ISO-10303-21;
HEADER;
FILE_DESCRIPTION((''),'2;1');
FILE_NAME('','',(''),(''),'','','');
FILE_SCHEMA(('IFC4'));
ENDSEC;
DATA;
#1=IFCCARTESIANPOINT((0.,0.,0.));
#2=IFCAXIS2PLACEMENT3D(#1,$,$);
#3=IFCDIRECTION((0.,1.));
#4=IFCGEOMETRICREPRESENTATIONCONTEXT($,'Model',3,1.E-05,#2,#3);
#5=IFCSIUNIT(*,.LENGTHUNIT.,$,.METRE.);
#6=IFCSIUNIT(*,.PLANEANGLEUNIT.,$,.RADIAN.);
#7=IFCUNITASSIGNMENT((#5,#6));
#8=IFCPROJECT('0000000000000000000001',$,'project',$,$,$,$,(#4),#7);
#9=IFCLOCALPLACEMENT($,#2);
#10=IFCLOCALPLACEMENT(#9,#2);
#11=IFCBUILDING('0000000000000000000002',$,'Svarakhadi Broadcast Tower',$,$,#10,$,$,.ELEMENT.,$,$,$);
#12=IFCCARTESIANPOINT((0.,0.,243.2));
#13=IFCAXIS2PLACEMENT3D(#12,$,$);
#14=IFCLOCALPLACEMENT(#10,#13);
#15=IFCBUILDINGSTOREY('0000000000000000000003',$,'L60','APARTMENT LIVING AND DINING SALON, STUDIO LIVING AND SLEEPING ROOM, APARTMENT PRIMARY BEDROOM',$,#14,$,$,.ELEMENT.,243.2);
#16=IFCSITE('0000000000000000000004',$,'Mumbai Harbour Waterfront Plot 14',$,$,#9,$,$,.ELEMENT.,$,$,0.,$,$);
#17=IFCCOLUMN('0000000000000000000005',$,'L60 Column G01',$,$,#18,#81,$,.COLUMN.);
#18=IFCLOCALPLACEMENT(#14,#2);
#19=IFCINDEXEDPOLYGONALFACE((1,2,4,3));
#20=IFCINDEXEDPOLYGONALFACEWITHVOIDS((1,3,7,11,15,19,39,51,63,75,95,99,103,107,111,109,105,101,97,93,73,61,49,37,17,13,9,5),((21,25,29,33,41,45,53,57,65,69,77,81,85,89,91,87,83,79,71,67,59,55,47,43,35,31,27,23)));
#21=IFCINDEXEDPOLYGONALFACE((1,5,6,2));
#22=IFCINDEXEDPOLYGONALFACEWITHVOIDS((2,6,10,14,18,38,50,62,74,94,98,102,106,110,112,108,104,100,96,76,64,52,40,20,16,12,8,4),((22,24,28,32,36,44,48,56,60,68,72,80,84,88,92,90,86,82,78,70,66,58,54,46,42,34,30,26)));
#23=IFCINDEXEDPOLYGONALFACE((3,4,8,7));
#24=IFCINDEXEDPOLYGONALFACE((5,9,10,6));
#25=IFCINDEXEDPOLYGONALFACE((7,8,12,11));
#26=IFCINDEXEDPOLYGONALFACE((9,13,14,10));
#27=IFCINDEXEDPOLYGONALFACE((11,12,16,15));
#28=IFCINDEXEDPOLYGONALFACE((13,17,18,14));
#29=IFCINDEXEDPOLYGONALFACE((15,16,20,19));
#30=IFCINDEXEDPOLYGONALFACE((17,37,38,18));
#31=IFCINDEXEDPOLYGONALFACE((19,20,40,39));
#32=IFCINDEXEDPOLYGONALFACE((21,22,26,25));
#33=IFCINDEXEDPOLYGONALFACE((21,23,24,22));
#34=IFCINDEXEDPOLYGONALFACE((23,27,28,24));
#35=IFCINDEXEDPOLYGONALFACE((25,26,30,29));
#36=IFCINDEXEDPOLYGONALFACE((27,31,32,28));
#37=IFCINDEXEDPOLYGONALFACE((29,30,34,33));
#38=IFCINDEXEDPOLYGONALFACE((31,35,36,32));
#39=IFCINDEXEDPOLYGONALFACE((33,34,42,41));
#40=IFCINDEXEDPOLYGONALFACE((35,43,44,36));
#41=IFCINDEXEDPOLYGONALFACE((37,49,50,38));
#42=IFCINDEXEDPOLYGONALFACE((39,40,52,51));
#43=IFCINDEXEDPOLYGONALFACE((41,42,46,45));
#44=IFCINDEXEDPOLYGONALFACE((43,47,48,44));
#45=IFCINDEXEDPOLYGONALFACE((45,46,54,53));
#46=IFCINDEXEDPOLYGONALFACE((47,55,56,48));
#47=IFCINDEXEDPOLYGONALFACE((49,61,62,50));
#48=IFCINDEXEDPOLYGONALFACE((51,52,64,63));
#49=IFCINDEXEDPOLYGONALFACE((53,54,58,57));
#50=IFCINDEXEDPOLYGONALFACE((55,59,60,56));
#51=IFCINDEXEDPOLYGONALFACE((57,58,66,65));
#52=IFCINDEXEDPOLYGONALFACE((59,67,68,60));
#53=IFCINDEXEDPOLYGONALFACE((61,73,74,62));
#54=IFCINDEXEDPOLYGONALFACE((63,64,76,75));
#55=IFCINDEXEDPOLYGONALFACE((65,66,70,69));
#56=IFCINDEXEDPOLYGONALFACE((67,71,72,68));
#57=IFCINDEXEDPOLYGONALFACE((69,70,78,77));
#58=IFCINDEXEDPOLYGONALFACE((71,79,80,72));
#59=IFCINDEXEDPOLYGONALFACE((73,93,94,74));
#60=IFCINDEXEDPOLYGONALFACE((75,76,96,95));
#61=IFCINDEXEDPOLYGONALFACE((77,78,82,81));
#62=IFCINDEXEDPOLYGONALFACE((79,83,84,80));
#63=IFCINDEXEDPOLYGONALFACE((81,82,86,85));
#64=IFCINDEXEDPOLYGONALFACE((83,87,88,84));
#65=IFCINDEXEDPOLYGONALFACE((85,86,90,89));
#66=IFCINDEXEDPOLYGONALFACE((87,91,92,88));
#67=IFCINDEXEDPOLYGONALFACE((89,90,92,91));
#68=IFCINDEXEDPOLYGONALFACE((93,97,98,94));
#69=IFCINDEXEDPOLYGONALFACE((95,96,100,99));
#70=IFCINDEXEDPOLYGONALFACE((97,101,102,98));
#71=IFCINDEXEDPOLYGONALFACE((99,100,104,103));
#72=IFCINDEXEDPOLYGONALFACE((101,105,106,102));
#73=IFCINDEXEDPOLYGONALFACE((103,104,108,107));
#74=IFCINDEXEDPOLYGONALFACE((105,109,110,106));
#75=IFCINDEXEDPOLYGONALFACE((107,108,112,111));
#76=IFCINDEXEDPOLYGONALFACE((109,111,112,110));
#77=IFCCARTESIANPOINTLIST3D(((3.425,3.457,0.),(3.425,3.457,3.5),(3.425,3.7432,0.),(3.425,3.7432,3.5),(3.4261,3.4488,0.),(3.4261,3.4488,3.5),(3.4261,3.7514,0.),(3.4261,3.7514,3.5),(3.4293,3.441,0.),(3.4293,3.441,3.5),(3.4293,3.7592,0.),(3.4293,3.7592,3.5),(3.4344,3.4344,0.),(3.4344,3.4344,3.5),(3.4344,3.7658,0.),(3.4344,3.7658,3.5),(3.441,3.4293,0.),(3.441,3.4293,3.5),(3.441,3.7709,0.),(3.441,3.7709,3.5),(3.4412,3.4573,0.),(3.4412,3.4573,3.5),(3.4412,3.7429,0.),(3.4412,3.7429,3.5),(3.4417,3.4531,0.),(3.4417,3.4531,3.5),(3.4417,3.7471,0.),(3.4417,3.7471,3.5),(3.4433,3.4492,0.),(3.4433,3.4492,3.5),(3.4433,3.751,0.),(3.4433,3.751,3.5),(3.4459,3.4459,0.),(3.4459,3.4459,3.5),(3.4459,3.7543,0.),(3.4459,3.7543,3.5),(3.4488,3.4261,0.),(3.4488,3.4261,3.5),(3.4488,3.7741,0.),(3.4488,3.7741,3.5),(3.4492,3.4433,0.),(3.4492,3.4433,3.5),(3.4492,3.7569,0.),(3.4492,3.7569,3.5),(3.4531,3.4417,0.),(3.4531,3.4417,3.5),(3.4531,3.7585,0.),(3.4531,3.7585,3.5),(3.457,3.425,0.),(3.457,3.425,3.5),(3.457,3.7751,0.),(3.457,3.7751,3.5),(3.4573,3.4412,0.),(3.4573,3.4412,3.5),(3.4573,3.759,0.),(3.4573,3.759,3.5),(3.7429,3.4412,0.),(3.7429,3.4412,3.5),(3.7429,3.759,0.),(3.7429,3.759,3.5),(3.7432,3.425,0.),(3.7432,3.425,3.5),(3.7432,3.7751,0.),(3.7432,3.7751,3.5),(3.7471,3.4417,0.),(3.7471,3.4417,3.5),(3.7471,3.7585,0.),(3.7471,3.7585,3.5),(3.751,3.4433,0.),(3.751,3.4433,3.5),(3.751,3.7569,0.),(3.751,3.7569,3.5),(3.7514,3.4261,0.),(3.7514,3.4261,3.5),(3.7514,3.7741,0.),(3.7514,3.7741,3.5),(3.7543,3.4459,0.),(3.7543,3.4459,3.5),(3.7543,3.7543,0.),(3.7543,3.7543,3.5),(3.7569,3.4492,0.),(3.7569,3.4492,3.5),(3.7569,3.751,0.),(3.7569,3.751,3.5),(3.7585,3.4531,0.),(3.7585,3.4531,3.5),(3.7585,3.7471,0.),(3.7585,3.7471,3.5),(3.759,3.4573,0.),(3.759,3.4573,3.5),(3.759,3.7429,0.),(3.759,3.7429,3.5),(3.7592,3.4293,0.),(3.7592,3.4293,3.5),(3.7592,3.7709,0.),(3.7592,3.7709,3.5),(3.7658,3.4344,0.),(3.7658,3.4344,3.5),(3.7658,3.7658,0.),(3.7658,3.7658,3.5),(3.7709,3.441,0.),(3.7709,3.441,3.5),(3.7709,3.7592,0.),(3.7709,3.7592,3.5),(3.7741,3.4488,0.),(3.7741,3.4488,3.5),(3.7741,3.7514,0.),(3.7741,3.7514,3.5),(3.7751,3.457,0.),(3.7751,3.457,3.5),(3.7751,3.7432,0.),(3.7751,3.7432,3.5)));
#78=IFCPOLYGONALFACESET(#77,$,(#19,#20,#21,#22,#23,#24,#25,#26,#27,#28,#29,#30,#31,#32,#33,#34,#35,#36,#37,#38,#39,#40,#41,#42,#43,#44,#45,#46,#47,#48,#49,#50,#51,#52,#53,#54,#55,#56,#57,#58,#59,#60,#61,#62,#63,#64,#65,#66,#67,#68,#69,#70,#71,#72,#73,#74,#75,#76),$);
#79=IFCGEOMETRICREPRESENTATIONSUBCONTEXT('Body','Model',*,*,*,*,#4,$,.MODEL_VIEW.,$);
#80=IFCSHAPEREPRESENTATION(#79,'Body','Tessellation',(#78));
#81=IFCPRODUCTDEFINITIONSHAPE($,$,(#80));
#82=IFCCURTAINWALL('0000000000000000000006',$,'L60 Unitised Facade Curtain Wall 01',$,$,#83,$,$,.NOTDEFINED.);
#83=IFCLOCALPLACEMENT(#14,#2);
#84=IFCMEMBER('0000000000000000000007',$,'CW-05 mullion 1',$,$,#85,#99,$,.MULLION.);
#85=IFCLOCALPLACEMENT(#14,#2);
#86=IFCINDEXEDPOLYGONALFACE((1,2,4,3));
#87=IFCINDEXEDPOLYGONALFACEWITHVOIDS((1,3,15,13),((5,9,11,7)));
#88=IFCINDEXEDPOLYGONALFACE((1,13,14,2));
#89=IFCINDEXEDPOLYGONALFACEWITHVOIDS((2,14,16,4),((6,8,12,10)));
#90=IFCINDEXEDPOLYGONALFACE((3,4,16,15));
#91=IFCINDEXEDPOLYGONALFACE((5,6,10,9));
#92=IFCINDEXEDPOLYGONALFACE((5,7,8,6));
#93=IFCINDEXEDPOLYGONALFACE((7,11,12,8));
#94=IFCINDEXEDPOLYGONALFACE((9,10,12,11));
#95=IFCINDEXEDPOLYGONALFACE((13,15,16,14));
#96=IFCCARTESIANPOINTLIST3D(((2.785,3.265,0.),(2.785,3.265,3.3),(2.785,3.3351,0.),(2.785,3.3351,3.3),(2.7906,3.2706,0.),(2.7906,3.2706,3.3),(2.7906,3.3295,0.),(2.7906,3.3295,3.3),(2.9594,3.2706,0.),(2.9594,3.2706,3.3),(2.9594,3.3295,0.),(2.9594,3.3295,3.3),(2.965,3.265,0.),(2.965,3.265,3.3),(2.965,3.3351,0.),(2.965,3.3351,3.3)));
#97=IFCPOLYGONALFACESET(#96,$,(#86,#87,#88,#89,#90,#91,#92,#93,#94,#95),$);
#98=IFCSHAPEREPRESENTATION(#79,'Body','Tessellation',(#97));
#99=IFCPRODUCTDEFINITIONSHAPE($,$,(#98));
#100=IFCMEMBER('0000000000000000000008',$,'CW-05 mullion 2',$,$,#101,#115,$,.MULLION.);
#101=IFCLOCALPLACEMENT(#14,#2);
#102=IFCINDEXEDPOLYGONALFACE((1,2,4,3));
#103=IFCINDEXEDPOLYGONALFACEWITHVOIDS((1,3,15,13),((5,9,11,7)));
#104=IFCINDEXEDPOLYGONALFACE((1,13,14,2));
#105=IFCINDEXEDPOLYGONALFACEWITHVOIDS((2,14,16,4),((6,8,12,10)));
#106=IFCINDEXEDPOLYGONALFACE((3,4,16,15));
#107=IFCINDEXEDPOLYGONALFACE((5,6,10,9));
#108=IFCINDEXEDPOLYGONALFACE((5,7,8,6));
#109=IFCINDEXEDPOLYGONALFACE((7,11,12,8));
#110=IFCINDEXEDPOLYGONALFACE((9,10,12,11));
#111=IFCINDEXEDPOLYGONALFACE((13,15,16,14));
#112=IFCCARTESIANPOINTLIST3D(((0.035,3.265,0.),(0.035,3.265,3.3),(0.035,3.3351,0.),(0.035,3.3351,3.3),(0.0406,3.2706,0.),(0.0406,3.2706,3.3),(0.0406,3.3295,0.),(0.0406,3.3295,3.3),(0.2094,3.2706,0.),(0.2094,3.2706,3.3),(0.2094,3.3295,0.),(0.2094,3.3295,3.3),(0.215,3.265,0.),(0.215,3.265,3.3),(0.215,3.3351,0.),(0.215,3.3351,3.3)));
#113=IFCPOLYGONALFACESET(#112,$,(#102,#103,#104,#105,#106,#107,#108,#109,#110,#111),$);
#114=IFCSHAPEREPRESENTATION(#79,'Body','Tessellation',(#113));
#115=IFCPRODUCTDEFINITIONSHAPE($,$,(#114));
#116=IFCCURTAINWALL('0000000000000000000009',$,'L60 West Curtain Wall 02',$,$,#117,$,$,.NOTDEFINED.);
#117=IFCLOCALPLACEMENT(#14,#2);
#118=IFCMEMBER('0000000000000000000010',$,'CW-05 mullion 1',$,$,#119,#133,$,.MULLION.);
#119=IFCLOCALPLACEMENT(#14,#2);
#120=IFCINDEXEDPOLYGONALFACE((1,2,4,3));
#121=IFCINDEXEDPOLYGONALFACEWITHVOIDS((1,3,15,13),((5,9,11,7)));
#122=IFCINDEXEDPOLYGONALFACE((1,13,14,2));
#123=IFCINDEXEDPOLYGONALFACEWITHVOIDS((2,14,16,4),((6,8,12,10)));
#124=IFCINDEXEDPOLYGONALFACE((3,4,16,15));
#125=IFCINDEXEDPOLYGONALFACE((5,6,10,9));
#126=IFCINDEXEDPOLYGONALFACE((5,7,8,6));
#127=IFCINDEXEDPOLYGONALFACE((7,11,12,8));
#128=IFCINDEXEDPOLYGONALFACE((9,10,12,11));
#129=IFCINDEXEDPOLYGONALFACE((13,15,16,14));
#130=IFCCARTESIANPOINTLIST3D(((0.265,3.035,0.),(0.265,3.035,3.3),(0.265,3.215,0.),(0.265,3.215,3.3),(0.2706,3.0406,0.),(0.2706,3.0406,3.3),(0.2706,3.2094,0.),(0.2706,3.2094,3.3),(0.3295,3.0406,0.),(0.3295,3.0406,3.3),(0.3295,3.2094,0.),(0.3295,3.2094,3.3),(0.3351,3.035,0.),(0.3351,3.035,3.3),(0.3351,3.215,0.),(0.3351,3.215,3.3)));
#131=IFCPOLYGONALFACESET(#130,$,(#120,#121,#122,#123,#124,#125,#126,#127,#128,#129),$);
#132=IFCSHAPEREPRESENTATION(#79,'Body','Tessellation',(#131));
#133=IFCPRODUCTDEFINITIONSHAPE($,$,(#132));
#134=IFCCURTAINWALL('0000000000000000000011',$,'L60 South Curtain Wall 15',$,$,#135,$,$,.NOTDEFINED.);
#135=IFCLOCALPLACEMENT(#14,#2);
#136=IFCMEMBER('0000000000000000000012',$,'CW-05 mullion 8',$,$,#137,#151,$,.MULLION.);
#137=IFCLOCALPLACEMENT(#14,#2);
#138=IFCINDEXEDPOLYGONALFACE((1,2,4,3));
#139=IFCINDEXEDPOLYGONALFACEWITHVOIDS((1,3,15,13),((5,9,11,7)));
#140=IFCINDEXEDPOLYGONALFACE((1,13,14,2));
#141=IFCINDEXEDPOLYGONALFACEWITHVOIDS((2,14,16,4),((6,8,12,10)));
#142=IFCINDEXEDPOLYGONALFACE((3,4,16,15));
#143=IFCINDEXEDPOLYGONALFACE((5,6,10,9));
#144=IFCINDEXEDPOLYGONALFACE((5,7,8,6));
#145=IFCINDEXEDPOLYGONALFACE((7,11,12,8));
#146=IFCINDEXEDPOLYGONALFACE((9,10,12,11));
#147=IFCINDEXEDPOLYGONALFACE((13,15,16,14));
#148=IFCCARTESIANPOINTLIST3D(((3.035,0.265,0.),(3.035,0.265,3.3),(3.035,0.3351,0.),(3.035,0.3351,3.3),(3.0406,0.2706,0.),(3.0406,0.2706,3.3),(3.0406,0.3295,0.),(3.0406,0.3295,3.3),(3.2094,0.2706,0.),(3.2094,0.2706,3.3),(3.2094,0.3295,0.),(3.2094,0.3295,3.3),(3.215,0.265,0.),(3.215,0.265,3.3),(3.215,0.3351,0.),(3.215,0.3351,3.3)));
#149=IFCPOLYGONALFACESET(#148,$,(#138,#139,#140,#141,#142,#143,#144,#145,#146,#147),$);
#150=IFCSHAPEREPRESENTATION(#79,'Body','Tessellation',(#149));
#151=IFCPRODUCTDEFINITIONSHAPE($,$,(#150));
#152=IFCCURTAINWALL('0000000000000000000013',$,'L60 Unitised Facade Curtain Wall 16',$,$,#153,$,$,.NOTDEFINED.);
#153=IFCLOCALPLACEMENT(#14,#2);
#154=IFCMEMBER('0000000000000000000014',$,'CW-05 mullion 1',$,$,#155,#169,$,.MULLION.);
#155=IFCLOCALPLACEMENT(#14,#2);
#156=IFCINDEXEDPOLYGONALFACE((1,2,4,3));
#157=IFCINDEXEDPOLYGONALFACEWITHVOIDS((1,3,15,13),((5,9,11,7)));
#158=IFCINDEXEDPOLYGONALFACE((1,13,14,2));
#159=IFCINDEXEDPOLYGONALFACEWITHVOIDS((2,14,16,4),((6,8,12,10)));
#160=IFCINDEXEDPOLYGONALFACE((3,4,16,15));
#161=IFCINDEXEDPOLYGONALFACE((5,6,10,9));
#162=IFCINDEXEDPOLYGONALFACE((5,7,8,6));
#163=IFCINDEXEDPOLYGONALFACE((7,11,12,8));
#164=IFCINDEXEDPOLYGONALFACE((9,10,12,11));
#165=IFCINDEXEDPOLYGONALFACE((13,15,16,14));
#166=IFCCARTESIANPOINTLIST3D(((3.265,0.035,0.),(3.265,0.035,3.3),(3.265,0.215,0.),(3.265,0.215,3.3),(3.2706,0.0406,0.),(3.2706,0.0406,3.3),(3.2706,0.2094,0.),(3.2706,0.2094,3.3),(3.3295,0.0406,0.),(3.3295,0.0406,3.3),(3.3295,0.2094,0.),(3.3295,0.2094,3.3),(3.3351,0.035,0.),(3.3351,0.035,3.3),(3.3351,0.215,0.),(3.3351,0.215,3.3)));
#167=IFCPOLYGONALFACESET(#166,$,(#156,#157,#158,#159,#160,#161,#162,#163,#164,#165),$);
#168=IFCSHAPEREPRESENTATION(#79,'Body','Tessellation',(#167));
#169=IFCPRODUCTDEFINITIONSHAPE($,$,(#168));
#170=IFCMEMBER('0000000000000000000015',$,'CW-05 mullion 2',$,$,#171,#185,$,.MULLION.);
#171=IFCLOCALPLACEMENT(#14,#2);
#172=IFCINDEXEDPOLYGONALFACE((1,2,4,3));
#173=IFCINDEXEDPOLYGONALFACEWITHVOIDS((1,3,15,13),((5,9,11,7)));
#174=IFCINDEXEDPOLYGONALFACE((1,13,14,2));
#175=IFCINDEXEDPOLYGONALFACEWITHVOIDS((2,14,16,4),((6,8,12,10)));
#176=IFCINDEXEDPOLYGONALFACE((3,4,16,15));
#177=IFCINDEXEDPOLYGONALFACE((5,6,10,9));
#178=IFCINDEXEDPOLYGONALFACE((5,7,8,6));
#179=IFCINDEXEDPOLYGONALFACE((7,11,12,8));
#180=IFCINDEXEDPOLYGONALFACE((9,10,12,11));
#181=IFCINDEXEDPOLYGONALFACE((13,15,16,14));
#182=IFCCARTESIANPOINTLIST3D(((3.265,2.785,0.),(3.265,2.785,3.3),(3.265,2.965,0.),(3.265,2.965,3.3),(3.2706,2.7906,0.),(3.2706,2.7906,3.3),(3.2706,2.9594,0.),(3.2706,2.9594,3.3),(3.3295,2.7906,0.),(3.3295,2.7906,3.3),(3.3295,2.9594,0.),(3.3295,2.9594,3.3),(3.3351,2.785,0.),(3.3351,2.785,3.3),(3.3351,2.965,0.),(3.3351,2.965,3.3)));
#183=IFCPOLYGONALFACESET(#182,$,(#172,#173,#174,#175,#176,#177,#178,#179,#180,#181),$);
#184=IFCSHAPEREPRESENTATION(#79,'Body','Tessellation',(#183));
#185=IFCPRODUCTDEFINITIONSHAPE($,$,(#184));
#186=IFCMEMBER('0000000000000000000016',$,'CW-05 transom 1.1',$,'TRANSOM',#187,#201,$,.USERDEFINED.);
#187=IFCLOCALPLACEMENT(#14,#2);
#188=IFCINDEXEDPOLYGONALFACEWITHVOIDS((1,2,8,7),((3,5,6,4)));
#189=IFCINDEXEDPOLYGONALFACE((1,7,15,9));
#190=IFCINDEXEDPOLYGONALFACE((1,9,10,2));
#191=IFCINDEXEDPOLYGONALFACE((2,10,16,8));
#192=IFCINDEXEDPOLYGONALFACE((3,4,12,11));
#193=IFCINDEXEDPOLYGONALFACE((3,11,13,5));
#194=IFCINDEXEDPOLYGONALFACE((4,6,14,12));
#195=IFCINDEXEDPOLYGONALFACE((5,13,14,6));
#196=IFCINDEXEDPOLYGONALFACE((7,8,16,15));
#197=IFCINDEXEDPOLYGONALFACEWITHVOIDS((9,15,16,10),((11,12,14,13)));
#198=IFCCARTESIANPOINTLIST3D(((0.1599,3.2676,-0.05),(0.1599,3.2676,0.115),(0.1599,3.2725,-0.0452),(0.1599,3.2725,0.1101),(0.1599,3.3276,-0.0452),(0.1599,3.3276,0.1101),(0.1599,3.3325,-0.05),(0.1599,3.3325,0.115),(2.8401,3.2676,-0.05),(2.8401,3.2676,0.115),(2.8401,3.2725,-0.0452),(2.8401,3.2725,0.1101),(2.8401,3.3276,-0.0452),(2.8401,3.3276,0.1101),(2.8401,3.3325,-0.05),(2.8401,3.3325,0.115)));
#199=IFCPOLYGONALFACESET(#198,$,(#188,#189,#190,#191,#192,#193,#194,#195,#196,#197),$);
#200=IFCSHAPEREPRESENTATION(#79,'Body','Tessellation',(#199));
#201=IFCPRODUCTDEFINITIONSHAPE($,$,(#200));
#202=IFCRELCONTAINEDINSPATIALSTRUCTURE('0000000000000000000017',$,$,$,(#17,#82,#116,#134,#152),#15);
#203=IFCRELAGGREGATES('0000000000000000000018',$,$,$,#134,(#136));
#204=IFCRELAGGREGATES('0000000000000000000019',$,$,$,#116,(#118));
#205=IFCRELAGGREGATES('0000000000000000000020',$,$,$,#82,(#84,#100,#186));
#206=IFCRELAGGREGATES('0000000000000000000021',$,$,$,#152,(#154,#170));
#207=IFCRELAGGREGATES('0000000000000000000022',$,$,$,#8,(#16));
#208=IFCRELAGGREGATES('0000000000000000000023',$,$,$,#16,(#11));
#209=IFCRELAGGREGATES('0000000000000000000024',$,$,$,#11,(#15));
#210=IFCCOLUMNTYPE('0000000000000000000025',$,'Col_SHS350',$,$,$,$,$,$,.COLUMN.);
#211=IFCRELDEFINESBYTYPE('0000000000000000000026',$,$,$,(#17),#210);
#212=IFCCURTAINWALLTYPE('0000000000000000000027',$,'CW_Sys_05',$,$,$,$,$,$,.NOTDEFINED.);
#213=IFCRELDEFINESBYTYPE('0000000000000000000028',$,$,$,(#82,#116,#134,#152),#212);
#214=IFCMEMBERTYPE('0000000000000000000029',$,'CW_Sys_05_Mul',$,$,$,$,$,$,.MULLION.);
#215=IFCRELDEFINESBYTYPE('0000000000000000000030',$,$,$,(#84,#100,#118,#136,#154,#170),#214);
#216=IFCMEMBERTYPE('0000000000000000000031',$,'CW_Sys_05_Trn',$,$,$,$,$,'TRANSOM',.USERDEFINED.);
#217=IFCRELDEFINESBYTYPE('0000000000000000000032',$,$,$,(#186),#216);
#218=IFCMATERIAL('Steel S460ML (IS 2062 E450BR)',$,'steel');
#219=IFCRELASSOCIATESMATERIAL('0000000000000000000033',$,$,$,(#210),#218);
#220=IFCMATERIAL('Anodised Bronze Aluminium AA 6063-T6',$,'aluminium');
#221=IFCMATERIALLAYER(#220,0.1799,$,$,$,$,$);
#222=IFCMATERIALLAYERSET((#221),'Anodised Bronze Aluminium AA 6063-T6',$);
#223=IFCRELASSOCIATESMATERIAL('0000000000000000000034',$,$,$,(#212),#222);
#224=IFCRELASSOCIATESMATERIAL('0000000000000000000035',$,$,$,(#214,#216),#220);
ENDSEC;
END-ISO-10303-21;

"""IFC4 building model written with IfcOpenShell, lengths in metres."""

from ifc_helpers import new_model, si_unit, direction, frame, origin, origin_2d, place, context, subcontext, project, spatial, hollow_rectangle, extrude, material, layer, layer_set, material_profile, profile_set, type_object, element, aggregate, save


model = new_model("IFC4")

# Units and contexts
model_context = context("Model", 3, precision=1e-05, world=origin(), true_north=direction((0.0, 1.0)))
body_context = subcontext(model_context, "Body", "Model", "MODEL_VIEW")
ifc_project = project(units=[si_unit("LENGTHUNIT", "METRE"), si_unit("PLANEANGLEUNIT", "RADIAN")], contexts=[model_context])

# Site, building, storey
site_placement = place(None, origin())
site = spatial("IfcSite", under=ifc_project, at=site_placement, Name="Mumbai Harbour Waterfront Plot 14", CompositionType="ELEMENT", RefElevation=0.0)
building_placement = place(site_placement, origin())
building = spatial("IfcBuilding", under=site, at=building_placement, Name="Svarakhadi Broadcast Tower", CompositionType="ELEMENT")
storey_placement = place(building_placement, frame((0.0, 0.0, 243.2)))
storey = spatial("IfcBuildingStorey", under=building, at=storey_placement, Name="L60", Description="APARTMENT LIVING AND DINING SALON, STUDIO LIVING AND SLEEPING ROOM, APARTMENT PRIMARY BEDROOM", CompositionType="ELEMENT", Elevation=243.2)

# Column
ifc_material_1 = material(Name="Steel S460ML (IS 2062 E450BR)", Category="steel")
ifc_material_profile_1 = material_profile(ifc_material_1, hollow_rectangle(XDim=0.3501, YDim=0.3501, WallThickness=0.0161, InnerFilletRadius=0.0161, OuterFilletRadius=0.032, at=origin_2d()), Name="SHS 350x350x16")
ifc_profile_set_1 = profile_set([ifc_material_profile_1], Name="Steel S460ML (IS 2062 E450BR)")
column_type = type_object("IfcColumnType", Name="Col_SHS350", PredefinedType="COLUMN", material=ifc_profile_set_1)
column_placement = place(storey_placement, frame((3.6001, 3.6001, 0.0), z_axis=(0.0, 0.0, 1.0), x_axis=(1.0, 0.0, 0.0)))
element("IfcColumn", 1, at=column_placement, inside=storey, type_object=column_type, Name="L60 Column G01", PredefinedType="COLUMN", context=body_context, shape_type="SweptSolid", body=[
    extrude(hollow_rectangle(XDim=0.3501, YDim=0.3501, WallThickness=0.0161, InnerFilletRadius=0.0161, OuterFilletRadius=0.032, at=origin_2d()), origin(), (0.0, 0.0, 1.0), 3.5),
])

# Curtain wall, members
ifc_material_2 = material(Name="Anodised Bronze Aluminium AA 6063-T6", Category="aluminium")
ifc_layer_1 = layer(ifc_material_2, 0.1799)
ifc_layer_set_1 = layer_set([ifc_layer_1], Name="Anodised Bronze Aluminium AA 6063-T6")
curtain_wall_type = type_object("IfcCurtainWallType", Name="CW_Sys_05", PredefinedType="NOTDEFINED", material=ifc_layer_set_1)
curtain_wall_1_placement = place(storey_placement, origin())
curtain_wall_1 = element("IfcCurtainWall", 2, at=curtain_wall_1_placement, inside=storey, type_object=curtain_wall_type, Name="L60 Unitised Facade Curtain Wall 01", PredefinedType="NOTDEFINED")
ifc_material_profile_2 = material_profile(ifc_material_2, hollow_rectangle(XDim=0.0701, YDim=0.1799, WallThickness=0.0056, at=origin_2d()), Name="ALU MULLION 180x70x6")
ifc_profile_set_2 = profile_set([ifc_material_profile_2], Name="Anodised Bronze Aluminium AA 6063-T6")
member_type_1 = type_object("IfcMemberType", Name="CW_Sys_05_Mul", PredefinedType="MULLION", material=ifc_profile_set_2)
member_1_placement = place(storey_placement, frame((2.875, 3.3, 0.0), z_axis=(0.0, 0.0, 1.0), x_axis=(0.0, -1.0, 0.0)))
member_1 = element("IfcMember", 3, at=member_1_placement, type_object=member_type_1, Name="CW-05 mullion 1", PredefinedType="MULLION", context=body_context, shape_type="SweptSolid", body=[
    extrude(hollow_rectangle(XDim=0.0701, YDim=0.1799, WallThickness=0.0056, at=origin_2d()), origin(), (0.0, 0.0, 1.0), 3.3),
])
member_2_placement = place(storey_placement, frame((0.125, 3.3, 0.0), z_axis=(0.0, 0.0, 1.0), x_axis=(0.0, -1.0, 0.0)))
member_2 = element("IfcMember", 4, at=member_2_placement, type_object=member_type_1, Name="CW-05 mullion 2", PredefinedType="MULLION", context=body_context, shape_type="SweptSolid", body=[
    extrude(hollow_rectangle(XDim=0.0701, YDim=0.1799, WallThickness=0.0056, at=origin_2d()), origin(), (0.0, 0.0, 1.0), 3.3),
])

# Curtain walls, members
curtain_wall_2_placement = place(storey_placement, origin())
curtain_wall_2 = element("IfcCurtainWall", 5, at=curtain_wall_2_placement, inside=storey, type_object=curtain_wall_type, Name="L60 West Curtain Wall 02", PredefinedType="NOTDEFINED")
member_3_placement = place(storey_placement, frame((0.3, 3.125, 0.0), z_axis=(0.0, 0.0, 1.0), x_axis=(-1.0, 0.0, 0.0)))
member_3 = element("IfcMember", 6, at=member_3_placement, type_object=member_type_1, Name="CW-05 mullion 1", PredefinedType="MULLION", context=body_context, shape_type="SweptSolid", body=[
    extrude(hollow_rectangle(XDim=0.0701, YDim=0.1799, WallThickness=0.0056, at=origin_2d()), origin(), (0.0, 0.0, 1.0), 3.3),
])
curtain_wall_3_placement = place(storey_placement, origin())
curtain_wall_3 = element("IfcCurtainWall", 7, at=curtain_wall_3_placement, inside=storey, type_object=curtain_wall_type, Name="L60 South Curtain Wall 15", PredefinedType="NOTDEFINED")
member_4_placement = place(storey_placement, frame((3.125, 0.3, 0.0), z_axis=(0.0, 0.0, 1.0), x_axis=(0.0, -1.0, 0.0)))
member_4 = element("IfcMember", 8, at=member_4_placement, type_object=member_type_1, Name="CW-05 mullion 8", PredefinedType="MULLION", context=body_context, shape_type="SweptSolid", body=[
    extrude(hollow_rectangle(XDim=0.0701, YDim=0.1799, WallThickness=0.0056, at=origin_2d()), origin(), (0.0, 0.0, 1.0), 3.3),
])
aggregate(curtain_wall_3, [member_4])

# Curtain wall, members
curtain_wall_4_placement = place(storey_placement, origin())
curtain_wall_4 = element("IfcCurtainWall", 9, at=curtain_wall_4_placement, inside=storey, type_object=curtain_wall_type, Name="L60 Unitised Facade Curtain Wall 16", PredefinedType="NOTDEFINED")
member_5_placement = place(storey_placement, frame((3.3, 0.125, 0.0), z_axis=(0.0, 0.0, 1.0), x_axis=(-1.0, 0.0, 0.0)))
member_5 = element("IfcMember", 10, at=member_5_placement, type_object=member_type_1, Name="CW-05 mullion 1", PredefinedType="MULLION", context=body_context, shape_type="SweptSolid", body=[
    extrude(hollow_rectangle(XDim=0.0701, YDim=0.1799, WallThickness=0.0056, at=origin_2d()), origin(), (0.0, 0.0, 1.0), 3.3),
])
member_6_placement = place(storey_placement, frame((3.3, 2.875, 0.0), z_axis=(0.0, 0.0, 1.0), x_axis=(-1.0, 0.0, 0.0)))
member_6 = element("IfcMember", 11, at=member_6_placement, type_object=member_type_1, Name="CW-05 mullion 2", PredefinedType="MULLION", context=body_context, shape_type="SweptSolid", body=[
    extrude(hollow_rectangle(XDim=0.0701, YDim=0.1799, WallThickness=0.0056, at=origin_2d()), origin(), (0.0, 0.0, 1.0), 3.3),
])

# Member
ifc_material_profile_3 = material_profile(ifc_material_2, hollow_rectangle(XDim=0.0649, YDim=0.165, WallThickness=0.0049, at=origin_2d()), Name="ALU TRANSOM 165x65x5")
ifc_profile_set_3 = profile_set([ifc_material_profile_3], Name="Anodised Bronze Aluminium AA 6063-T6")
member_type_2 = type_object("IfcMemberType", Name="CW_Sys_05_Trn", ElementType="TRANSOM", PredefinedType="USERDEFINED", material=ifc_profile_set_3)
member_7_placement = place(storey_placement, frame((2.8401, 3.3, 0.0325), z_axis=(-1.0, 0.0, 0.0), x_axis=(0.0, -1.0, 0.0)))
member_7 = element("IfcMember", 12, at=member_7_placement, type_object=member_type_2, Name="CW-05 transom 1.1", ObjectType="TRANSOM", PredefinedType="USERDEFINED", context=body_context, shape_type="SweptSolid", body=[
    extrude(hollow_rectangle(XDim=0.0649, YDim=0.165, WallThickness=0.0049, at=origin_2d()), origin(), (0.0, 0.0, 1.0), 2.6802),
])
aggregate(curtain_wall_2, [member_3])

aggregate(curtain_wall_1, [member_1, member_2, member_7])
aggregate(curtain_wall_4, [member_5, member_6])

save(model, "model.ifc")
